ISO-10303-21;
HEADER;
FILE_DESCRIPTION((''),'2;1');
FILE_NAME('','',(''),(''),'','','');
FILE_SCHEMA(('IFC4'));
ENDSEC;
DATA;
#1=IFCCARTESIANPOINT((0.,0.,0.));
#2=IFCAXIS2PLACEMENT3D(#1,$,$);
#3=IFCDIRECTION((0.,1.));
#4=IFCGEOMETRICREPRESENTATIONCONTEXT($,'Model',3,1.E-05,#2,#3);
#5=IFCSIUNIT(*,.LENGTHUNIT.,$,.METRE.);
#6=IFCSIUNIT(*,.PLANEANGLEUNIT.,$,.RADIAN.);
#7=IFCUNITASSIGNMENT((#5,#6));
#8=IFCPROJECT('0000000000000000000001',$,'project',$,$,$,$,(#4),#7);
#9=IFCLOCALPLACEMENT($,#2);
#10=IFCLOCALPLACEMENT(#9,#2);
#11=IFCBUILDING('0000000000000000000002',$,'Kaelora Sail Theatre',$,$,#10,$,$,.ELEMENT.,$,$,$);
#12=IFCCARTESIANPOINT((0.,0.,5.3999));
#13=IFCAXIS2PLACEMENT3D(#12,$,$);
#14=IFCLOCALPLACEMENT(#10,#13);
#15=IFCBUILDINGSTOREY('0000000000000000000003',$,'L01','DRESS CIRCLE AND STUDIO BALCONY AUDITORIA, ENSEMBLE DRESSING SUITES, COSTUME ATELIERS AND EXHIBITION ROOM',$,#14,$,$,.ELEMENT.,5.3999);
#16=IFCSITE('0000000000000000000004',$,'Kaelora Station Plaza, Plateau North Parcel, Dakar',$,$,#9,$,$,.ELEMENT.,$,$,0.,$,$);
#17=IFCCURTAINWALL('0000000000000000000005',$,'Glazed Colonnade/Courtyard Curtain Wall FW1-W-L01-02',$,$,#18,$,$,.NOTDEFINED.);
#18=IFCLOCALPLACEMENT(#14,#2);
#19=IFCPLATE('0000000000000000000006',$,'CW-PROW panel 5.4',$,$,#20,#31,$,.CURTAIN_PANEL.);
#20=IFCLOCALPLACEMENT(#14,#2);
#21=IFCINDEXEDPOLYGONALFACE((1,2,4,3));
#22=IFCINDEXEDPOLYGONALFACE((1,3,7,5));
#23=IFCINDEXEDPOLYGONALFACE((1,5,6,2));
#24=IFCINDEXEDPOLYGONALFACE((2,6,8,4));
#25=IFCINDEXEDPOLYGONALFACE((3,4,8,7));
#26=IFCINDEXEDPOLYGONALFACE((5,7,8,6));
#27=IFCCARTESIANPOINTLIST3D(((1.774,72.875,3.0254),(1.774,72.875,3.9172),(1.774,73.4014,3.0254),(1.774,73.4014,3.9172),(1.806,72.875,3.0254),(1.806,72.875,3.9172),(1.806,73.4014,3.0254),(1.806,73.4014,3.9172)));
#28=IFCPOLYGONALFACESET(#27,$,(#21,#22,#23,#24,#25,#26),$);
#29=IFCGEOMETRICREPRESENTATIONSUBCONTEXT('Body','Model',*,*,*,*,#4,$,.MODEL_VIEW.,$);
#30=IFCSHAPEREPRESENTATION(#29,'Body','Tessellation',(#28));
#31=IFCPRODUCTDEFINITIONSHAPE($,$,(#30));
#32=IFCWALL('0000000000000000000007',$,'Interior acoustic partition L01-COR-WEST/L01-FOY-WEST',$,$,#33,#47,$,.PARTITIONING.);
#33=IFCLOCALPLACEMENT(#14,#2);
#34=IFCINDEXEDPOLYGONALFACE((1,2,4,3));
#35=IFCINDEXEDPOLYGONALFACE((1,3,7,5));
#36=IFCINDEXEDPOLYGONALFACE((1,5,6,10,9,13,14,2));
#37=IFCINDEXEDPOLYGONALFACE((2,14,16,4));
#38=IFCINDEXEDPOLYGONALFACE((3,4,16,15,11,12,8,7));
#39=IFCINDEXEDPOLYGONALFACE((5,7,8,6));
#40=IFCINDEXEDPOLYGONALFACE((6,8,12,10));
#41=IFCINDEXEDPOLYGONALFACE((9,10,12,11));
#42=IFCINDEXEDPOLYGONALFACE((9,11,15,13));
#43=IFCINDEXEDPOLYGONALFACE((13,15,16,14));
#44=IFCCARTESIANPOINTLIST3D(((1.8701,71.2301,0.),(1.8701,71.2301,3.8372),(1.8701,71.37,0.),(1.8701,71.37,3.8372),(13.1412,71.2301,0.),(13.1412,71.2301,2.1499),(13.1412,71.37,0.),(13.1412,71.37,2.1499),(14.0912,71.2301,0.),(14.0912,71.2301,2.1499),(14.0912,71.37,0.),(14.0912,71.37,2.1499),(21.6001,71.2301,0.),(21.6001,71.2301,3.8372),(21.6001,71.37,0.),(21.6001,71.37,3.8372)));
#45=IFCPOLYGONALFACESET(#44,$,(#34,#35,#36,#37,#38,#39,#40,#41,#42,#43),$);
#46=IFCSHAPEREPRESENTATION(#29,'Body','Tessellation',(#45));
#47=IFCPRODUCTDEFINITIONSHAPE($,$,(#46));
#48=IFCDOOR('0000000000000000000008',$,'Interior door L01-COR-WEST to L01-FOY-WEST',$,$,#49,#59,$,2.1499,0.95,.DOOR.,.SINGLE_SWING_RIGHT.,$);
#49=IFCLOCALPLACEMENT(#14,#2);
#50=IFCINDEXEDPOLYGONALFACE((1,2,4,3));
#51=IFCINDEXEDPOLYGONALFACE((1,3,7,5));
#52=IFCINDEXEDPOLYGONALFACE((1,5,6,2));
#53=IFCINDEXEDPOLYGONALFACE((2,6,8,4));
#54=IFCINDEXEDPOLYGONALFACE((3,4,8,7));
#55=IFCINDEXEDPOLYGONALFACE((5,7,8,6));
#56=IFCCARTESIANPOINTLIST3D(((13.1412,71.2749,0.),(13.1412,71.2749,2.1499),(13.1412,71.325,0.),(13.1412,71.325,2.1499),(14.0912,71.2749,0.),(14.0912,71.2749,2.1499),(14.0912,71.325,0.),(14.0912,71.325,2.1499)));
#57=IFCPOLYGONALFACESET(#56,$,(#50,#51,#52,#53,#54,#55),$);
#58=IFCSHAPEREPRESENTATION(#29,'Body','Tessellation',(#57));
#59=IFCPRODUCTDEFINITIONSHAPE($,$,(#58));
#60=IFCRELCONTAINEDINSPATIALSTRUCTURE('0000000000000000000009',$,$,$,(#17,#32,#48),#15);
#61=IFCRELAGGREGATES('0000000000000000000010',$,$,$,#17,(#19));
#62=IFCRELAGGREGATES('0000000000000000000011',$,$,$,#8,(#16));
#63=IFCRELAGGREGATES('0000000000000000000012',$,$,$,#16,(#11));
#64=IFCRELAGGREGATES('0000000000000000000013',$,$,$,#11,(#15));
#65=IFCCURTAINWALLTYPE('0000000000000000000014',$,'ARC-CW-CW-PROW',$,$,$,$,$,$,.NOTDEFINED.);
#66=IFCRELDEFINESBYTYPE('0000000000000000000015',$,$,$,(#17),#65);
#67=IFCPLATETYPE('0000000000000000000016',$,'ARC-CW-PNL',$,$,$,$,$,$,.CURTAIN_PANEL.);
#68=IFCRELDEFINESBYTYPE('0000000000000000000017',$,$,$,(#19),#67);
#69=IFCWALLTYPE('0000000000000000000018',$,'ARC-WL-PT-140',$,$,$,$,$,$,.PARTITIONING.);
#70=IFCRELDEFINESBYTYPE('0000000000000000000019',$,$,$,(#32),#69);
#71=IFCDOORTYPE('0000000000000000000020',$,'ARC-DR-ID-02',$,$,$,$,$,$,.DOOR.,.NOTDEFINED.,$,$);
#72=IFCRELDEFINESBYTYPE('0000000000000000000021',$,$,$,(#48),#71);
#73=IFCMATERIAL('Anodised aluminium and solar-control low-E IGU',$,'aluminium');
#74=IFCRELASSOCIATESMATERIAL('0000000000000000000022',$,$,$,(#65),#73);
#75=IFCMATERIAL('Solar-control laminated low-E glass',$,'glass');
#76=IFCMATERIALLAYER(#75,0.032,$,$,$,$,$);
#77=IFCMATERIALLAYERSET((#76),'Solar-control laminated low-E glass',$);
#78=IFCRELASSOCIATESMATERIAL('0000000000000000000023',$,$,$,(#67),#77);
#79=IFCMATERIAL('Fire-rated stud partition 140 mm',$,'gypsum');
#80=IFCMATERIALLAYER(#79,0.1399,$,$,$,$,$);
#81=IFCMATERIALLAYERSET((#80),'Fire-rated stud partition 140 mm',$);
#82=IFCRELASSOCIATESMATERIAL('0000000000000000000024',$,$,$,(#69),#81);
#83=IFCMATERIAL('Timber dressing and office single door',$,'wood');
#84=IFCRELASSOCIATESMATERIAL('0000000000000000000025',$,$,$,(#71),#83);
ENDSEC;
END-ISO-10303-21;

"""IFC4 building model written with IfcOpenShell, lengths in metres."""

from ifc_helpers import new_model, si_unit, direction, frame, frame_2d, origin, origin_2d, place, context, subcontext, project, spatial, rectangle, extrude, material, layer, layer_set, type_object, element, fill, aggregate, save


model = new_model("IFC4")

# Units and contexts
model_context = context("Model", 3, precision=1e-05, world=origin(), true_north=direction((0.0, 1.0)))
body_context = subcontext(model_context, "Body", "Model", "MODEL_VIEW")
ifc_project = project(units=[si_unit("LENGTHUNIT", "METRE"), si_unit("PLANEANGLEUNIT", "RADIAN")], contexts=[model_context])

# Site, building, storey
site_placement = place(None, origin())
site = spatial("IfcSite", under=ifc_project, at=site_placement, Name="Kaelora Station Plaza, Plateau North Parcel, Dakar", CompositionType="ELEMENT", RefElevation=0.0)
building_placement = place(site_placement, origin())
building = spatial("IfcBuilding", under=site, at=building_placement, Name="Kaelora Sail Theatre", CompositionType="ELEMENT")
storey_placement = place(building_placement, frame((0.0, 0.0, 5.3999)))
storey = spatial("IfcBuildingStorey", under=building, at=storey_placement, Name="L01", Description="DRESS CIRCLE AND STUDIO BALCONY AUDITORIA, ENSEMBLE DRESSING SUITES, COSTUME ATELIERS AND EXHIBITION ROOM", CompositionType="ELEMENT", Elevation=5.3999)

# Curtain wall
ifc_material_1 = material(Name="Anodised aluminium and solar-control low-E IGU", Category="aluminium")
curtain_wall_type = type_object("IfcCurtainWallType", Name="ARC-CW-CW-PROW", PredefinedType="NOTDEFINED", material=ifc_material_1)
curtain_wall_placement = place(storey_placement, origin())
curtain_wall = element("IfcCurtainWall", 1, at=curtain_wall_placement, inside=storey, type_object=curtain_wall_type, Name="Glazed Colonnade/Courtyard Curtain Wall FW1-W-L01-02", PredefinedType="NOTDEFINED")

# Plate
ifc_material_2 = material(Name="Solar-control laminated low-E glass", Category="glass")
ifc_layer_1 = layer(ifc_material_2, 0.032)
ifc_layer_set_1 = layer_set([ifc_layer_1], Name="Solar-control laminated low-E glass")
plate_type = type_object("IfcPlateType", Name="ARC-CW-PNL", PredefinedType="CURTAIN_PANEL", material=ifc_layer_set_1)
plate_1_placement = place(storey_placement, frame((1.79, 73.1382, 3.0254), z_axis=(0.0, 0.0, 1.0), x_axis=(0.0, 1.0, 0.0)))
plate_1 = element("IfcPlate", 2, at=plate_1_placement, type_object=plate_type, Name="CW-PROW panel 5.4", PredefinedType="CURTAIN_PANEL", context=body_context, shape_type="SweptSolid", body=[
    extrude(rectangle(XDim=0.5264, YDim=0.032, at=origin_2d()), origin(), (0.0, 0.0, 1.0), 0.8918),
])
aggregate(curtain_wall, [plate_1])

# Wall, opening, door
ifc_material_3 = material(Name="Fire-rated stud partition 140 mm", Category="gypsum")
ifc_layer_2 = layer(ifc_material_3, 0.1399)
ifc_layer_set_2 = layer_set([ifc_layer_2], Name="Fire-rated stud partition 140 mm")
wall_type = type_object("IfcWallType", Name="ARC-WL-PT-140", PredefinedType="PARTITIONING", material=ifc_layer_set_2)
wall_placement = place(storey_placement, frame((1.8701, 71.3, 0.0), z_axis=(0.0, 0.0, 1.0), x_axis=(1.0, 0.0, 0.0)))
wall = element("IfcWall", 3, at=wall_placement, inside=storey, type_object=wall_type, Name="Interior acoustic partition L01-COR-WEST/L01-FOY-WEST", PredefinedType="PARTITIONING", context=body_context, shape_type="SweptSolid", body=[
    extrude(rectangle(XDim=19.73, YDim=0.1399, at=frame_2d((9.865, 0.0))), origin(), (0.0, 0.0, 1.0), 3.8372),
])
opening_placement = place(wall_placement, frame((11.271, 0.0, 0.0)))
opening = element("IfcOpeningElement", 4, at=opening_placement, cuts=wall, PredefinedType="OPENING", context=body_context, shape_type="SweptSolid", body=[
    extrude(rectangle(XDim=0.95, YDim=2.1499, at=frame_2d((0.4751, 1.075))), frame((0.0, 0.0798, 0.0), z_axis=(0.0, -1.0, 0.0), x_axis=(1.0, 0.0, 0.0)), (0.0, 0.0, 1.0), 0.1599),
])
ifc_material_4 = material(Name="Timber dressing and office single door", Category="wood")
door_type = type_object("IfcDoorType", Name="ARC-DR-ID-02", OperationType="NOTDEFINED", PredefinedType="DOOR", material=ifc_material_4)
door_placement = place(opening_placement, origin())
door = element("IfcDoor", 5, at=door_placement, inside=storey, type_object=door_type, Name="Interior door L01-COR-WEST to L01-FOY-WEST", OperationType="SINGLE_SWING_RIGHT", OverallHeight=2.1499, OverallWidth=0.95, PredefinedType="DOOR", context=body_context, shape_type="SweptSolid", body=[
    extrude(rectangle(XDim=0.95, YDim=2.1499, at=frame_2d((0.4751, 1.075))), frame((0.0, 0.0249, 0.0), z_axis=(0.0, -1.0, 0.0), x_axis=(1.0, 0.0, 0.0)), (0.0, 0.0, 1.0), 0.05),
])
fill(opening, door)

save(model, "model.ifc")
